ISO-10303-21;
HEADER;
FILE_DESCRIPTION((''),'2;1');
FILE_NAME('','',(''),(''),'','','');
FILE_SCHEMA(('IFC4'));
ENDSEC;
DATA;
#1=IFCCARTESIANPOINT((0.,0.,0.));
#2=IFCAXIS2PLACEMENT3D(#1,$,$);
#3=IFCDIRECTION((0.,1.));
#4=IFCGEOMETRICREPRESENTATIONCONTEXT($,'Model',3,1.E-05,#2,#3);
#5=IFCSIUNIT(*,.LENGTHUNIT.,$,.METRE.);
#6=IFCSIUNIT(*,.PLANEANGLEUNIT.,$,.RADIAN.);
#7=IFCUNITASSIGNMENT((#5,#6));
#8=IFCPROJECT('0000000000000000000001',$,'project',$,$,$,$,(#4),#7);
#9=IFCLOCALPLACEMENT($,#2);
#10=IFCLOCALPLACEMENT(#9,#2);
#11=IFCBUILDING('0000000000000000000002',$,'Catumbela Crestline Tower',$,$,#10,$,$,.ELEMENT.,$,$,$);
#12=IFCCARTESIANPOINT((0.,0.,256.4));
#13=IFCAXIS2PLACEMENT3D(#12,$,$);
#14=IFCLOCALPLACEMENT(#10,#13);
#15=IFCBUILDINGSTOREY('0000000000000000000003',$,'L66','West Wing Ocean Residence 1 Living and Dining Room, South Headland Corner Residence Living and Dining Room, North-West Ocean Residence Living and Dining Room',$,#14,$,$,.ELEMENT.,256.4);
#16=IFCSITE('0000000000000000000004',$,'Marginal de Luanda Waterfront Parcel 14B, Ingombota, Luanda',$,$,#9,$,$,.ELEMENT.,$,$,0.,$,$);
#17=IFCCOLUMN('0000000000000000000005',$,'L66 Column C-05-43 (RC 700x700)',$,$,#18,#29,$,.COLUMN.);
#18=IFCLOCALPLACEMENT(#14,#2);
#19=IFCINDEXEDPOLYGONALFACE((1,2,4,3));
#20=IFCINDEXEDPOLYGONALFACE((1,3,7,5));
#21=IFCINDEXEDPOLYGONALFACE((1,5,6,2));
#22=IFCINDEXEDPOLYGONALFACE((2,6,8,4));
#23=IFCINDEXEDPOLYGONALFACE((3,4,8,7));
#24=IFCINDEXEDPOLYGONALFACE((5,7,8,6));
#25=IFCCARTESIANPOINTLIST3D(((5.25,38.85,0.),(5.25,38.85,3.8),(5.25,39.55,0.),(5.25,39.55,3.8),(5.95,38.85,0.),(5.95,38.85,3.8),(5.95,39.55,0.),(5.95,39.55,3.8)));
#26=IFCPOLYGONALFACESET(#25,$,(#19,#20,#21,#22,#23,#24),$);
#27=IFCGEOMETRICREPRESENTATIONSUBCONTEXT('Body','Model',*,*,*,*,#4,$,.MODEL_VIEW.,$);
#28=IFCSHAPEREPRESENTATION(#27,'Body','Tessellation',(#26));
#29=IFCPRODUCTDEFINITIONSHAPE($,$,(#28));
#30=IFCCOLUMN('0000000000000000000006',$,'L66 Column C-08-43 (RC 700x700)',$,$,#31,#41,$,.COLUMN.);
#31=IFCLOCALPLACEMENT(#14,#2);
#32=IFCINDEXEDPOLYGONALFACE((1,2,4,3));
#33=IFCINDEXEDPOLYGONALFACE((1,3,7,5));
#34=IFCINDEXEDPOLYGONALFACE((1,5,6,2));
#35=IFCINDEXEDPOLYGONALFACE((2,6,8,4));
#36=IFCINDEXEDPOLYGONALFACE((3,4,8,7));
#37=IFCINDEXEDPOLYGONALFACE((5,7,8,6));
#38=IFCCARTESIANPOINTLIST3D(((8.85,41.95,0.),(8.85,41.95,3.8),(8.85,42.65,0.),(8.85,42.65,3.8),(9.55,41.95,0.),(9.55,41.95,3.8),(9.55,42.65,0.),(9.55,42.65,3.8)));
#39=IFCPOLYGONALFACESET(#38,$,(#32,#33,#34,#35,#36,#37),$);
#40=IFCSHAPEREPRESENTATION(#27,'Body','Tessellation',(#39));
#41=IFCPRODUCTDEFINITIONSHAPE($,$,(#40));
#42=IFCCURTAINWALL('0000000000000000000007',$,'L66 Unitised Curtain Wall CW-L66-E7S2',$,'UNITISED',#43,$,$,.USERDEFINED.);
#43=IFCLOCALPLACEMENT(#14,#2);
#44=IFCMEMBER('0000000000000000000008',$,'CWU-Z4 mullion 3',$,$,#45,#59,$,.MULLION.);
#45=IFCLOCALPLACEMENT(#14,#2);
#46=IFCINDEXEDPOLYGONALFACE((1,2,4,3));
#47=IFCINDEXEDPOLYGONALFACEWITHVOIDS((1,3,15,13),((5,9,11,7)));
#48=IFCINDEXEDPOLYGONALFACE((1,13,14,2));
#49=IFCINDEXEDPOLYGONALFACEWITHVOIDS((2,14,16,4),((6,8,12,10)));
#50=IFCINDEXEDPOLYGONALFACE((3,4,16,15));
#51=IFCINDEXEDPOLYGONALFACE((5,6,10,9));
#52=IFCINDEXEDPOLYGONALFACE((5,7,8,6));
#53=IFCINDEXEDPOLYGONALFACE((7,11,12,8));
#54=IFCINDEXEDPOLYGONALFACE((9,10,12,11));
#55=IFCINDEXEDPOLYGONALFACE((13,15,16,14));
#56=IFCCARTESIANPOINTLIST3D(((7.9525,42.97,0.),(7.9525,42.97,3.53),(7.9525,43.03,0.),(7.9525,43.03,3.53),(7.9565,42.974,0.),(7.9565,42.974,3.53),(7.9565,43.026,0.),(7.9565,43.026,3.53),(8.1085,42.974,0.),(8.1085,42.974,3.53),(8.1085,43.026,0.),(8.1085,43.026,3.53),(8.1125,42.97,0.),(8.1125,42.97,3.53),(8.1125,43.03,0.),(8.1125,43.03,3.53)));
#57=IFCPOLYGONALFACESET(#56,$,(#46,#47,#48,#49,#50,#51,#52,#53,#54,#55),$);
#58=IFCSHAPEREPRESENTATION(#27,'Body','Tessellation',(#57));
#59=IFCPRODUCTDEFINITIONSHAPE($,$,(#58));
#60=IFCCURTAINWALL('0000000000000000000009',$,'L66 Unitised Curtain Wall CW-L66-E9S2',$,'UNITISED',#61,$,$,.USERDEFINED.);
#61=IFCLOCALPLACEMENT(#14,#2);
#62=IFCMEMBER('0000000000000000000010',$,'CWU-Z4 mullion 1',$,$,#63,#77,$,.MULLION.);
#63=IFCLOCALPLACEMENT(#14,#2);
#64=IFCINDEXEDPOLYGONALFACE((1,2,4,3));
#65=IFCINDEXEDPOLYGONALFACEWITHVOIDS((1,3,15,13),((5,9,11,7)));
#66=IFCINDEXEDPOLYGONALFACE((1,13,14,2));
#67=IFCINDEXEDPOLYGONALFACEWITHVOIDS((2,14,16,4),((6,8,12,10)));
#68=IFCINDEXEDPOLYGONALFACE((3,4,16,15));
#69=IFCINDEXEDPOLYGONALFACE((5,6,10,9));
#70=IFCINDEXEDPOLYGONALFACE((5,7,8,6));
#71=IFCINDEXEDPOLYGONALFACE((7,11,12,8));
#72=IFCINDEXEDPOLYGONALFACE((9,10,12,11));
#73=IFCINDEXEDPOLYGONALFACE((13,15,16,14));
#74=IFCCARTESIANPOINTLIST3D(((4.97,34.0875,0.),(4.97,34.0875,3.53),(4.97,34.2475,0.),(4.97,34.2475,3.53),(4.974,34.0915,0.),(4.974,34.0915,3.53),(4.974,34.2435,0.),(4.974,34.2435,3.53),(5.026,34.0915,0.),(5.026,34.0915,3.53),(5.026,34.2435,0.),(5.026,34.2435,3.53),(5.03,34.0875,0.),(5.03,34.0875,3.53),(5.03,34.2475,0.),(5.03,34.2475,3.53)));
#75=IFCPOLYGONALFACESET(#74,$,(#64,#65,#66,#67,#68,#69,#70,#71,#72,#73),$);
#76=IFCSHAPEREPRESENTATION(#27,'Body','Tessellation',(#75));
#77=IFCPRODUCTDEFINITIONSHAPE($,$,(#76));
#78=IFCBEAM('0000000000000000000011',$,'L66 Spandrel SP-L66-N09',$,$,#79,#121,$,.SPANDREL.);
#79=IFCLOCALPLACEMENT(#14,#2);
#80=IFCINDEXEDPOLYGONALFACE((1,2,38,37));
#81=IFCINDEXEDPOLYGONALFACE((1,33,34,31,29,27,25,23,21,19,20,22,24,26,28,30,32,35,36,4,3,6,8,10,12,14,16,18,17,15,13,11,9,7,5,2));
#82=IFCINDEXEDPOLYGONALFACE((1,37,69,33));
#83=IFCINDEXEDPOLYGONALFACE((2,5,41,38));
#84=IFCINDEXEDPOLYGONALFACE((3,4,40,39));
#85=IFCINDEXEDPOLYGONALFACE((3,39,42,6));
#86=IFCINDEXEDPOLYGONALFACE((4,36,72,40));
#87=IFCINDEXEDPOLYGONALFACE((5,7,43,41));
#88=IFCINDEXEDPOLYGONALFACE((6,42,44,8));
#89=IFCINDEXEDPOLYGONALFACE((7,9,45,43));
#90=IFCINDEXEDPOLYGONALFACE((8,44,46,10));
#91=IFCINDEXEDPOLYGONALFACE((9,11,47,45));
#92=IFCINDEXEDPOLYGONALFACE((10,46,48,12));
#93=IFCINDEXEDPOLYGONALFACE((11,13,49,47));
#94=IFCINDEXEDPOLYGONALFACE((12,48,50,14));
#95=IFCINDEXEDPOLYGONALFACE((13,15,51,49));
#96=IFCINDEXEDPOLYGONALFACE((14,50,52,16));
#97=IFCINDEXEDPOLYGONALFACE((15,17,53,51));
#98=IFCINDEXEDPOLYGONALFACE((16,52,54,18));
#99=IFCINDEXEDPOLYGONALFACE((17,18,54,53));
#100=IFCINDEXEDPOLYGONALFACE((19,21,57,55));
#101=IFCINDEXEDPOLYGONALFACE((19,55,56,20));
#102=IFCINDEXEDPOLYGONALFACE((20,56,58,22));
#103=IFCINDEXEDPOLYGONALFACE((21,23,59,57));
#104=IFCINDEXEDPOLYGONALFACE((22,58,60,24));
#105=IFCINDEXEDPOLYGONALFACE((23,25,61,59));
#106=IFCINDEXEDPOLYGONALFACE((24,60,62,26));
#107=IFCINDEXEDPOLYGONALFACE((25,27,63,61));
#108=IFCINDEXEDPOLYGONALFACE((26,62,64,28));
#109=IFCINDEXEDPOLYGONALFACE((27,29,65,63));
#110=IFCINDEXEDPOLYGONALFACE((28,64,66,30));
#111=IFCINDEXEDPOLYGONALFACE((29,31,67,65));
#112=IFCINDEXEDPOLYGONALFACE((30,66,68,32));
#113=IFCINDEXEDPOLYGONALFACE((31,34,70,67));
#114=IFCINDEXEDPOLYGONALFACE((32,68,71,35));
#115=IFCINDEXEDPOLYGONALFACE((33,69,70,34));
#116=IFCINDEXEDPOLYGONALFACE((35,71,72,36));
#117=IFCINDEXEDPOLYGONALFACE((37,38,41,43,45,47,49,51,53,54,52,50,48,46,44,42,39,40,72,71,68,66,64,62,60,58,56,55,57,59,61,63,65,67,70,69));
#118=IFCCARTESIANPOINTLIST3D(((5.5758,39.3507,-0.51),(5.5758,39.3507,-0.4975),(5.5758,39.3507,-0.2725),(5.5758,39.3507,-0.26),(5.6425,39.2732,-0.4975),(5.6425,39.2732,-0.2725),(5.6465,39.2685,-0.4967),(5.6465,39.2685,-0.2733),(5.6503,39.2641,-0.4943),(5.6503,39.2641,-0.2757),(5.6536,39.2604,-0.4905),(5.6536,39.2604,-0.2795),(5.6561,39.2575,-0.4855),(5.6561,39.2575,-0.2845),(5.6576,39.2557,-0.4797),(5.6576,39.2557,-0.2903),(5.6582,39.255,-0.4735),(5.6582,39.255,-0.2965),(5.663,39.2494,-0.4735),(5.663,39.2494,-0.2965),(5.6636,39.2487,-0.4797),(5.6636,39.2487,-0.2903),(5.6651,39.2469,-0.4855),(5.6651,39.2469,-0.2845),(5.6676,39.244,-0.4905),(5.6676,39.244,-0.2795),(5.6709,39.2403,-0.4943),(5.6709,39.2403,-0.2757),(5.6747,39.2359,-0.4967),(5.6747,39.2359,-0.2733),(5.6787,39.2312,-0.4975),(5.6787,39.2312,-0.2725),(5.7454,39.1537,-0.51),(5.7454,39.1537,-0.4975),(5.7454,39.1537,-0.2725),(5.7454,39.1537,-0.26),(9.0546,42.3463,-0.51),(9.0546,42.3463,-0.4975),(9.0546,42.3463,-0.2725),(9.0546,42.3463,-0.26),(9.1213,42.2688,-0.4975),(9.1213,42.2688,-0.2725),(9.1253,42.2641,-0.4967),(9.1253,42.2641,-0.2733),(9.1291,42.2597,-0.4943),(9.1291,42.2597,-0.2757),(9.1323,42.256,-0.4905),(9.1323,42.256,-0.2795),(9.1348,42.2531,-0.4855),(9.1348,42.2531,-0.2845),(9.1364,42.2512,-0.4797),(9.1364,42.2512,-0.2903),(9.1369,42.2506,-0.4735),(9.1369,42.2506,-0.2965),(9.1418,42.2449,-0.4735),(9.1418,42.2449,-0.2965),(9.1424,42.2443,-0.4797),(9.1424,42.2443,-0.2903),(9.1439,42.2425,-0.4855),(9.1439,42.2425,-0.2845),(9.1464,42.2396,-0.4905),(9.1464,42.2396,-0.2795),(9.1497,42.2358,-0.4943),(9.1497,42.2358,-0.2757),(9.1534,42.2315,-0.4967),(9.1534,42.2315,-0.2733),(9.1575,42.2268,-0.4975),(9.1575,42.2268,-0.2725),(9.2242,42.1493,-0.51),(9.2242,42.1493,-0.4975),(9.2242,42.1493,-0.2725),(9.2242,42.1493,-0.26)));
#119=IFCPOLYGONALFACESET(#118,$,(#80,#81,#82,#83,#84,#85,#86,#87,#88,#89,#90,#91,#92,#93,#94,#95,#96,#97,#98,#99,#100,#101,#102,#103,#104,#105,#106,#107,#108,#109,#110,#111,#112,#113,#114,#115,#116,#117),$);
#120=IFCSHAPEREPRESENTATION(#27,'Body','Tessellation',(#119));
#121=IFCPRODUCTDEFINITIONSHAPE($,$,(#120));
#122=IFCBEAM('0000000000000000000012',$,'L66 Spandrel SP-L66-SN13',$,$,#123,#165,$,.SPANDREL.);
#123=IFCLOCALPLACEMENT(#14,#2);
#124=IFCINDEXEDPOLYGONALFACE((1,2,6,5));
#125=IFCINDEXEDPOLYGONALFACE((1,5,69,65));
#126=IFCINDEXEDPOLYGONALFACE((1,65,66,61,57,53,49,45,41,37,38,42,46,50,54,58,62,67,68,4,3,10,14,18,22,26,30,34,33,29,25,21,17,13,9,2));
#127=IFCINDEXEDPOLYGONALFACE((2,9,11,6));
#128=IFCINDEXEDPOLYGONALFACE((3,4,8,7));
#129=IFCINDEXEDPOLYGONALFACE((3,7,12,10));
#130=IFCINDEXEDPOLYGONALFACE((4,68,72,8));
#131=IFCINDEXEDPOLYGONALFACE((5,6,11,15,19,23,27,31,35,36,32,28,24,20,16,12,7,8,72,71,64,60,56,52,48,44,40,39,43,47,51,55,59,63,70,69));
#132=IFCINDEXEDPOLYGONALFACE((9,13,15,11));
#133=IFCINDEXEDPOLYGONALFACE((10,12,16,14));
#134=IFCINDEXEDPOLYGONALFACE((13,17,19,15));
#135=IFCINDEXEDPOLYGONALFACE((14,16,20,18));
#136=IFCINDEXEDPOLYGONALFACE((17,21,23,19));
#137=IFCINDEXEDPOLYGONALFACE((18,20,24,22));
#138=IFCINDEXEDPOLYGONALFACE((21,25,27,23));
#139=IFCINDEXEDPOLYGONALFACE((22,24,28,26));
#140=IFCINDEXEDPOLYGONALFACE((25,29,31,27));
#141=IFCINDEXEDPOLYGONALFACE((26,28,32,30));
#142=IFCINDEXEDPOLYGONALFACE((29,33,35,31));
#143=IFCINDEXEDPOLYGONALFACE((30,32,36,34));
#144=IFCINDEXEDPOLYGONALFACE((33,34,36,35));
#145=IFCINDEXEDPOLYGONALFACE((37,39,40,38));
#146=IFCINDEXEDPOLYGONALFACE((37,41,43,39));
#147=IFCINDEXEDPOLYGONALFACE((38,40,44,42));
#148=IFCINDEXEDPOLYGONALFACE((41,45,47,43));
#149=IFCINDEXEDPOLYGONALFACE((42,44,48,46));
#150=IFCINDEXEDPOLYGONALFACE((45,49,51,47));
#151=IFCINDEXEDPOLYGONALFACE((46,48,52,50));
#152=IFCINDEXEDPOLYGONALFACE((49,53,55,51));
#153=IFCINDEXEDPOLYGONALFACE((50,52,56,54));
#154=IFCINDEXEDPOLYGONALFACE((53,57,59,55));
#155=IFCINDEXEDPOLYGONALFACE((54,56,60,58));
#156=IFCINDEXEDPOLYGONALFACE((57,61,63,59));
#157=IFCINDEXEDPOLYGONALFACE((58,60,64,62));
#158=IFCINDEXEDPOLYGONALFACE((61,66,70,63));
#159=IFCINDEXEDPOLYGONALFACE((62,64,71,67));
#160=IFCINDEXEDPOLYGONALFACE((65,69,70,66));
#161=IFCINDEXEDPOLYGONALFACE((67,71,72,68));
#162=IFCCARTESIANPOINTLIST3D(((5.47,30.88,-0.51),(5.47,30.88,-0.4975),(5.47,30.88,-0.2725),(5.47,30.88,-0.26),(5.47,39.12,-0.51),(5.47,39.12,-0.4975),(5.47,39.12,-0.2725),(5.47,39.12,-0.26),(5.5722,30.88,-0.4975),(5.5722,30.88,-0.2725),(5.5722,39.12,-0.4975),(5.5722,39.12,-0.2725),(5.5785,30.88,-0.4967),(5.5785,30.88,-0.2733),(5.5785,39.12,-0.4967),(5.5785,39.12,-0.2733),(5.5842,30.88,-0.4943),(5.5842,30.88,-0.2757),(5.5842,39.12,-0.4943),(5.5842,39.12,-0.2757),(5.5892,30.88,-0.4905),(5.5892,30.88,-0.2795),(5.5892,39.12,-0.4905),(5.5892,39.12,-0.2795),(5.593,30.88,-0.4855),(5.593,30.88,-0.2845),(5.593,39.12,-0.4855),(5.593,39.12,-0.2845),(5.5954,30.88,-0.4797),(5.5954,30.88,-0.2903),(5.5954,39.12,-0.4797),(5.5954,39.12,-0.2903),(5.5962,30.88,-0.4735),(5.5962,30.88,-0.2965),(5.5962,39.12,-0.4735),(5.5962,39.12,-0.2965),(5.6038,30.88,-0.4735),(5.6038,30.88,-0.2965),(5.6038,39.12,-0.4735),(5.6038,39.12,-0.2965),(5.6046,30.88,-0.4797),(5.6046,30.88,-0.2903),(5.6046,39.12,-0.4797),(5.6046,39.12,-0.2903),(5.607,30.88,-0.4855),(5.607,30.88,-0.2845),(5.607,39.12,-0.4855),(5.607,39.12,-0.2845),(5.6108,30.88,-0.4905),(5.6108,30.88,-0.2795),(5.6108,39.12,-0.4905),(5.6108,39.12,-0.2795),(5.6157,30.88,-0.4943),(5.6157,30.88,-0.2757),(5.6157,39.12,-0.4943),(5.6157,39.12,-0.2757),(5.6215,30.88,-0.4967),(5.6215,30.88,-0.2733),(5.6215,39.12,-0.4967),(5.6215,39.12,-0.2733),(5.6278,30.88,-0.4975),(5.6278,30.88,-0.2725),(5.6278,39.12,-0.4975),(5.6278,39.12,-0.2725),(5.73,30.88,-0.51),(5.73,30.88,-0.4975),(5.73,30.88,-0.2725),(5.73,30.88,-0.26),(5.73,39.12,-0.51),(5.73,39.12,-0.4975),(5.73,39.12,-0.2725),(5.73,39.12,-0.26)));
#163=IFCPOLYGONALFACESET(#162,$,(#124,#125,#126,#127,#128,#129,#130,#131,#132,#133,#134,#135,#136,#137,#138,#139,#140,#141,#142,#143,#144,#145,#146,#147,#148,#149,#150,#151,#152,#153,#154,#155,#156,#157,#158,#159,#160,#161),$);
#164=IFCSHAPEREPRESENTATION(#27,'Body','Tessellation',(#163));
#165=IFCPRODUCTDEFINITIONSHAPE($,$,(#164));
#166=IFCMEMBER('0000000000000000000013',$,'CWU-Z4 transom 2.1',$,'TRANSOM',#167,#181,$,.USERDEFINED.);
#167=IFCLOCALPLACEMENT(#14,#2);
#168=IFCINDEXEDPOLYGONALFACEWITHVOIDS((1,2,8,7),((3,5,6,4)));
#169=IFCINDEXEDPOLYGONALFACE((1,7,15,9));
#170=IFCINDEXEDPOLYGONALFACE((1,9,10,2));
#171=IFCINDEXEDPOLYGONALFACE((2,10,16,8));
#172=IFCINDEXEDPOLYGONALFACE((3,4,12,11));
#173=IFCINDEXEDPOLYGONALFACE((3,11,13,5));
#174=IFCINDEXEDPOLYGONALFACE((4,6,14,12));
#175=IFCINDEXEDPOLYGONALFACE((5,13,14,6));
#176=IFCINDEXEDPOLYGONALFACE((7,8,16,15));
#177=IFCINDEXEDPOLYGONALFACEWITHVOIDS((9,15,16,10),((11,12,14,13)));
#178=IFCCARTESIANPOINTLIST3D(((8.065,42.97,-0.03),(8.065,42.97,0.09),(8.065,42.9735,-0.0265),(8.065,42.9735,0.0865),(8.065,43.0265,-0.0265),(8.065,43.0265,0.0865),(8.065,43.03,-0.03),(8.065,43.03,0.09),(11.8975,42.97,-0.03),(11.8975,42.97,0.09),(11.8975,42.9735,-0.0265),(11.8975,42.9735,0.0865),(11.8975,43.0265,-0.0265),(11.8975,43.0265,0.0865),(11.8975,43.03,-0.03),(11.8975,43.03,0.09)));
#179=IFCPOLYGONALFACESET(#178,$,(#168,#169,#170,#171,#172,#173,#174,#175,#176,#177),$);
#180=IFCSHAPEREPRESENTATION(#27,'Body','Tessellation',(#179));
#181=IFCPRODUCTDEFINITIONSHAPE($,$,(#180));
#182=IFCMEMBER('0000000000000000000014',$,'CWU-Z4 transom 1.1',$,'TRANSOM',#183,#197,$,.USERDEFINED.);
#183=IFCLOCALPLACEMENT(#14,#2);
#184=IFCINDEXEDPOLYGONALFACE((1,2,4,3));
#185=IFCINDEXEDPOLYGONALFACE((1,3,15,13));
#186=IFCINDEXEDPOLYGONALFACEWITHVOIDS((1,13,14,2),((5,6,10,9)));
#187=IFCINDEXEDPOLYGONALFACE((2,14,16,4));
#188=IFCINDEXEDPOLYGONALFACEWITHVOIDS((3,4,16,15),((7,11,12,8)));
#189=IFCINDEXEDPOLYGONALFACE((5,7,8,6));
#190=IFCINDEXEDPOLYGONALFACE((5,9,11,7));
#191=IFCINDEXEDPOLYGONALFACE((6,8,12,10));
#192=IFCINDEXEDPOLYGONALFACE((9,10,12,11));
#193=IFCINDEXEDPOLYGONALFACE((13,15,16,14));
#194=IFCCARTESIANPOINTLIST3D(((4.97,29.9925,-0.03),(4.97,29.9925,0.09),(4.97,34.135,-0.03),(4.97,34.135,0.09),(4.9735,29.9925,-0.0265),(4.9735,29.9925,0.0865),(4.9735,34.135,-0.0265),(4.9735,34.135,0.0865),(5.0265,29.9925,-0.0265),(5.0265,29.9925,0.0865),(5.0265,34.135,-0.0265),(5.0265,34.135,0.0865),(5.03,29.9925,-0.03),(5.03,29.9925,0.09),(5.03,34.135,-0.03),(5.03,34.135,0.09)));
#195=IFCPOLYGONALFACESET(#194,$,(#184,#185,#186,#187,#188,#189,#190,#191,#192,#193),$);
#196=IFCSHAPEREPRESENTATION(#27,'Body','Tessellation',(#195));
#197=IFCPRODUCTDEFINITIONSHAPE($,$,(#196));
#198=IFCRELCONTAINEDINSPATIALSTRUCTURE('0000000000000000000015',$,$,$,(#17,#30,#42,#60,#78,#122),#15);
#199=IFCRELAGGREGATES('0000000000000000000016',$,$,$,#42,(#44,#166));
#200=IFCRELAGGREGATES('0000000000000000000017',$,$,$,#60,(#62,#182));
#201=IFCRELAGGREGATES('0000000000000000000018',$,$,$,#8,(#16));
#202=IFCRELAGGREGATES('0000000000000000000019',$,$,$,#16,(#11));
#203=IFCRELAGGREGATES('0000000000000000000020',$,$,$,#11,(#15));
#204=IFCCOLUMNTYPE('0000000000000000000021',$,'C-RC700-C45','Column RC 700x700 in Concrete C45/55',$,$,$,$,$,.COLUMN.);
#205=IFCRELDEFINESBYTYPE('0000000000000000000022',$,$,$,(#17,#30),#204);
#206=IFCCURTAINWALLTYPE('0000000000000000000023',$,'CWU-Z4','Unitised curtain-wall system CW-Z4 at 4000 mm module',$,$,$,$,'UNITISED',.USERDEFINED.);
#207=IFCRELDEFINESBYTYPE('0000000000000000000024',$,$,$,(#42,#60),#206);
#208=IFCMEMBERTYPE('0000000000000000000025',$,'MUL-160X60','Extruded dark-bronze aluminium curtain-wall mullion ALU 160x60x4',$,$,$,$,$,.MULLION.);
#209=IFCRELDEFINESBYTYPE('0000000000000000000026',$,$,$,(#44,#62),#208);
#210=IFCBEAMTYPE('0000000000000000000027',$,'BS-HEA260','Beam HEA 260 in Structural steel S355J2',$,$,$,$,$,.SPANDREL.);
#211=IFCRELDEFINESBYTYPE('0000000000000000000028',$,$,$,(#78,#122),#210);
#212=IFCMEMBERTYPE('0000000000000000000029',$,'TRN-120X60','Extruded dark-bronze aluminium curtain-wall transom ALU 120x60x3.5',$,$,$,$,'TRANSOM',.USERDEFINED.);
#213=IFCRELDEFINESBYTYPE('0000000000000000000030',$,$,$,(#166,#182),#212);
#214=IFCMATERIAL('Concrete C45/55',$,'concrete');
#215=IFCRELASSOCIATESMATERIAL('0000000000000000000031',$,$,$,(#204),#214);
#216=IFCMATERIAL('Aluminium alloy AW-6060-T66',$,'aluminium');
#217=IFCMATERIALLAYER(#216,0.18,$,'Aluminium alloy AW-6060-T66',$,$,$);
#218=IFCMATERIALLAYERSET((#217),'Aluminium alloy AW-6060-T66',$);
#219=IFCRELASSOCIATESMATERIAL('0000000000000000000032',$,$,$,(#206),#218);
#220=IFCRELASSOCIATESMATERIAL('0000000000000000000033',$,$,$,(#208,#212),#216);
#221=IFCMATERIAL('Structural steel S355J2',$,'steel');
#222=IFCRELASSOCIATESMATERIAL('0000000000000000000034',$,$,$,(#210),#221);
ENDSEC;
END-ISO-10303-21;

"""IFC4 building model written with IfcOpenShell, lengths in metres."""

from ifc_helpers import new_model, si_unit, direction, frame, origin, origin_2d, place, context, subcontext, project, spatial, rectangle, hollow_rectangle, i_section, extrude, material, layer, layer_set, material_profile, profile_set, type_object, element, aggregate, save


model = new_model("IFC4")

# Units and contexts
model_context = context("Model", 3, precision=1e-05, world=origin(), true_north=direction((0.0, 1.0)))
body_context = subcontext(model_context, "Body", "Model", "MODEL_VIEW")
ifc_project = project(units=[si_unit("LENGTHUNIT", "METRE"), si_unit("PLANEANGLEUNIT", "RADIAN")], contexts=[model_context])

# Site, building, storey
site_placement = place(None, origin())
site = spatial("IfcSite", under=ifc_project, at=site_placement, Name="Marginal de Luanda Waterfront Parcel 14B, Ingombota, Luanda", CompositionType="ELEMENT", RefElevation=0.0)
building_placement = place(site_placement, origin())
building = spatial("IfcBuilding", under=site, at=building_placement, Name="Catumbela Crestline Tower", CompositionType="ELEMENT")
storey_placement = place(building_placement, frame((0.0, 0.0, 256.4)))
storey = spatial("IfcBuildingStorey", under=building, at=storey_placement, Name="L66", Description="West Wing Ocean Residence 1 Living and Dining Room, South Headland Corner Residence Living and Dining Room, North-West Ocean Residence Living and Dining Room", CompositionType="ELEMENT", Elevation=256.4)

# Columns
ifc_material_1 = material(Name="Concrete C45/55", Category="concrete")
ifc_material_profile_1 = material_profile(ifc_material_1, rectangle(XDim=0.7, YDim=0.7, at=origin_2d()), Name="RC 700x700")
ifc_profile_set_1 = profile_set([ifc_material_profile_1], Name="Concrete C45/55")
column_type = type_object("IfcColumnType", Name="C-RC700-C45", Description="Column RC 700x700 in Concrete C45/55", PredefinedType="COLUMN", material=ifc_profile_set_1)
for number, where, z_axis, x_axis, name in (
    (1, (5.6, 39.2, 0.0), (0.0, 0.0, 1.0), (1.0, 0.0, 0.0), "L66 Column C-05-43 (RC 700x700)"),
    (2, (9.2, 42.3, 0.0), (0.0, 0.0, 1.0), (1.0, 0.0, 0.0), "L66 Column C-08-43 (RC 700x700)"),
):
    element("IfcColumn", number, at=place(storey_placement, frame(where, z_axis=z_axis, x_axis=x_axis)), inside=storey, type_object=column_type, Name=name, PredefinedType="COLUMN", context=body_context, shape_type="SweptSolid", body=[
        extrude(rectangle(XDim=0.7, YDim=0.7, at=origin_2d()), origin(), (0.0, 0.0, 1.0), 3.8),
    ])

# Curtain walls, members
ifc_material_2 = material(Name="Aluminium alloy AW-6060-T66", Category="aluminium")
ifc_layer_1 = layer(ifc_material_2, 0.18, Name="Aluminium alloy AW-6060-T66")
ifc_layer_set_1 = layer_set([ifc_layer_1], Name="Aluminium alloy AW-6060-T66")
curtain_wall_type = type_object("IfcCurtainWallType", Name="CWU-Z4", Description="Unitised curtain-wall system CW-Z4 at 4000 mm module", ElementType="UNITISED", PredefinedType="USERDEFINED", material=ifc_layer_set_1)
curtain_wall_1_placement = place(storey_placement, origin())
curtain_wall_1 = element("IfcCurtainWall", 3, at=curtain_wall_1_placement, inside=storey, type_object=curtain_wall_type, Name="L66 Unitised Curtain Wall CW-L66-E7S2", ObjectType="UNITISED", PredefinedType="USERDEFINED")
ifc_material_profile_2 = material_profile(ifc_material_2, hollow_rectangle(XDim=0.06, YDim=0.16, WallThickness=0.004, at=origin_2d()), Name="ALU 160x60x4")
ifc_profile_set_2 = profile_set([ifc_material_profile_2], Name="Aluminium alloy AW-6060-T66")
member_type_1 = type_object("IfcMemberType", Name="MUL-160X60", Description="Extruded dark-bronze aluminium curtain-wall mullion ALU 160x60x4", PredefinedType="MULLION", material=ifc_profile_set_2)
member_1_placement = place(storey_placement, frame((8.0325, 43.0, 0.0), z_axis=(0.0, 0.0, 1.0), x_axis=(0.0, -1.0, 0.0)))
member_1 = element("IfcMember", 4, at=member_1_placement, type_object=member_type_1, Name="CWU-Z4 mullion 3", PredefinedType="MULLION", context=body_context, shape_type="SweptSolid", body=[
    extrude(hollow_rectangle(XDim=0.06, YDim=0.16, WallThickness=0.004, at=origin_2d()), origin(), (0.0, 0.0, 1.0), 3.53),
])
curtain_wall_2_placement = place(storey_placement, origin())
curtain_wall_2 = element("IfcCurtainWall", 5, at=curtain_wall_2_placement, inside=storey, type_object=curtain_wall_type, Name="L66 Unitised Curtain Wall CW-L66-E9S2", ObjectType="UNITISED", PredefinedType="USERDEFINED")
member_2_placement = place(storey_placement, frame((5.0, 34.1675, 0.0), z_axis=(0.0, 0.0, 1.0), x_axis=(1.0, 0.0, 0.0)))
member_2 = element("IfcMember", 6, at=member_2_placement, type_object=member_type_1, Name="CWU-Z4 mullion 1", PredefinedType="MULLION", context=body_context, shape_type="SweptSolid", body=[
    extrude(hollow_rectangle(XDim=0.06, YDim=0.16, WallThickness=0.004, at=origin_2d()), origin(), (0.0, 0.0, 1.0), 3.53),
])

# Beams
ifc_material_3 = material(Name="Structural steel S355J2", Category="steel")
ifc_material_profile_3 = material_profile(ifc_material_3, i_section(OverallWidth=0.26, OverallDepth=0.25, WebThickness=0.0075, FlangeThickness=0.0125, FilletRadius=0.024, at=origin_2d()), Name="HEA 260")
ifc_profile_set_3 = profile_set([ifc_material_profile_3], Name="Structural steel S355J2")
beam_type = type_object("IfcBeamType", Name="BS-HEA260", Description="Beam HEA 260 in Structural steel S355J2", PredefinedType="SPANDREL", material=ifc_profile_set_3)
beam_1_placement = place(storey_placement, frame((5.6606, 39.2522, -0.385), z_axis=(0.757772, 0.652519, 0.0), x_axis=(-0.652519, 0.757772, 0.0)))
element("IfcBeam", 7, at=beam_1_placement, inside=storey, type_object=beam_type, Name="L66 Spandrel SP-L66-N09", PredefinedType="SPANDREL", context=body_context, shape_type="SweptSolid", body=[
    extrude(i_section(OverallWidth=0.26, OverallDepth=0.25, WebThickness=0.0075, FlangeThickness=0.0125, FilletRadius=0.024, at=origin_2d()), origin(), (0.0, 0.0, 1.0), 4.5908),
])
beam_2_placement = place(storey_placement, frame((5.6, 30.88, -0.385), z_axis=(0.0, 1.0, 0.0), x_axis=(-1.0, 0.0, 0.0)))
element("IfcBeam", 8, at=beam_2_placement, inside=storey, type_object=beam_type, Name="L66 Spandrel SP-L66-SN13", PredefinedType="SPANDREL", context=body_context, shape_type="SweptSolid", body=[
    extrude(i_section(OverallWidth=0.26, OverallDepth=0.25, WebThickness=0.0075, FlangeThickness=0.0125, FilletRadius=0.024, at=origin_2d()), origin(), (0.0, 0.0, 1.0), 8.24),
])

# Members
ifc_material_profile_4 = material_profile(ifc_material_2, hollow_rectangle(XDim=0.06, YDim=0.12, WallThickness=0.0035, at=origin_2d()), Name="ALU 120x60x3.5")
ifc_profile_set_4 = profile_set([ifc_material_profile_4], Name="Aluminium alloy AW-6060-T66")
member_type_2 = type_object("IfcMemberType", Name="TRN-120X60", Description="Extruded dark-bronze aluminium curtain-wall transom ALU 120x60x3.5", ElementType="TRANSOM", PredefinedType="USERDEFINED", material=ifc_profile_set_4)
member_3_placement = place(storey_placement, frame((11.8975, 43.0, 0.03), z_axis=(-1.0, 0.0, 0.0), x_axis=(0.0, -1.0, 0.0)))
member_3 = element("IfcMember", 9, at=member_3_placement, type_object=member_type_2, Name="CWU-Z4 transom 2.1", ObjectType="TRANSOM", PredefinedType="USERDEFINED", context=body_context, shape_type="SweptSolid", body=[
    extrude(hollow_rectangle(XDim=0.06, YDim=0.12, WallThickness=0.0035, at=origin_2d()), origin(), (0.0, 0.0, 1.0), 3.8325),
])
member_4_placement = place(storey_placement, frame((5.0, 34.135, 0.03), z_axis=(0.0, -1.0, 0.0), x_axis=(1.0, 0.0, 0.0)))
member_4 = element("IfcMember", 10, at=member_4_placement, type_object=member_type_2, Name="CWU-Z4 transom 1.1", ObjectType="TRANSOM", PredefinedType="USERDEFINED", context=body_context, shape_type="SweptSolid", body=[
    extrude(hollow_rectangle(XDim=0.06, YDim=0.12, WallThickness=0.0035, at=origin_2d()), origin(), (0.0, 0.0, 1.0), 4.1425),
])

aggregate(curtain_wall_1, [member_1, member_3])
aggregate(curtain_wall_2, [member_2, member_4])

save(model, "model.ifc")
